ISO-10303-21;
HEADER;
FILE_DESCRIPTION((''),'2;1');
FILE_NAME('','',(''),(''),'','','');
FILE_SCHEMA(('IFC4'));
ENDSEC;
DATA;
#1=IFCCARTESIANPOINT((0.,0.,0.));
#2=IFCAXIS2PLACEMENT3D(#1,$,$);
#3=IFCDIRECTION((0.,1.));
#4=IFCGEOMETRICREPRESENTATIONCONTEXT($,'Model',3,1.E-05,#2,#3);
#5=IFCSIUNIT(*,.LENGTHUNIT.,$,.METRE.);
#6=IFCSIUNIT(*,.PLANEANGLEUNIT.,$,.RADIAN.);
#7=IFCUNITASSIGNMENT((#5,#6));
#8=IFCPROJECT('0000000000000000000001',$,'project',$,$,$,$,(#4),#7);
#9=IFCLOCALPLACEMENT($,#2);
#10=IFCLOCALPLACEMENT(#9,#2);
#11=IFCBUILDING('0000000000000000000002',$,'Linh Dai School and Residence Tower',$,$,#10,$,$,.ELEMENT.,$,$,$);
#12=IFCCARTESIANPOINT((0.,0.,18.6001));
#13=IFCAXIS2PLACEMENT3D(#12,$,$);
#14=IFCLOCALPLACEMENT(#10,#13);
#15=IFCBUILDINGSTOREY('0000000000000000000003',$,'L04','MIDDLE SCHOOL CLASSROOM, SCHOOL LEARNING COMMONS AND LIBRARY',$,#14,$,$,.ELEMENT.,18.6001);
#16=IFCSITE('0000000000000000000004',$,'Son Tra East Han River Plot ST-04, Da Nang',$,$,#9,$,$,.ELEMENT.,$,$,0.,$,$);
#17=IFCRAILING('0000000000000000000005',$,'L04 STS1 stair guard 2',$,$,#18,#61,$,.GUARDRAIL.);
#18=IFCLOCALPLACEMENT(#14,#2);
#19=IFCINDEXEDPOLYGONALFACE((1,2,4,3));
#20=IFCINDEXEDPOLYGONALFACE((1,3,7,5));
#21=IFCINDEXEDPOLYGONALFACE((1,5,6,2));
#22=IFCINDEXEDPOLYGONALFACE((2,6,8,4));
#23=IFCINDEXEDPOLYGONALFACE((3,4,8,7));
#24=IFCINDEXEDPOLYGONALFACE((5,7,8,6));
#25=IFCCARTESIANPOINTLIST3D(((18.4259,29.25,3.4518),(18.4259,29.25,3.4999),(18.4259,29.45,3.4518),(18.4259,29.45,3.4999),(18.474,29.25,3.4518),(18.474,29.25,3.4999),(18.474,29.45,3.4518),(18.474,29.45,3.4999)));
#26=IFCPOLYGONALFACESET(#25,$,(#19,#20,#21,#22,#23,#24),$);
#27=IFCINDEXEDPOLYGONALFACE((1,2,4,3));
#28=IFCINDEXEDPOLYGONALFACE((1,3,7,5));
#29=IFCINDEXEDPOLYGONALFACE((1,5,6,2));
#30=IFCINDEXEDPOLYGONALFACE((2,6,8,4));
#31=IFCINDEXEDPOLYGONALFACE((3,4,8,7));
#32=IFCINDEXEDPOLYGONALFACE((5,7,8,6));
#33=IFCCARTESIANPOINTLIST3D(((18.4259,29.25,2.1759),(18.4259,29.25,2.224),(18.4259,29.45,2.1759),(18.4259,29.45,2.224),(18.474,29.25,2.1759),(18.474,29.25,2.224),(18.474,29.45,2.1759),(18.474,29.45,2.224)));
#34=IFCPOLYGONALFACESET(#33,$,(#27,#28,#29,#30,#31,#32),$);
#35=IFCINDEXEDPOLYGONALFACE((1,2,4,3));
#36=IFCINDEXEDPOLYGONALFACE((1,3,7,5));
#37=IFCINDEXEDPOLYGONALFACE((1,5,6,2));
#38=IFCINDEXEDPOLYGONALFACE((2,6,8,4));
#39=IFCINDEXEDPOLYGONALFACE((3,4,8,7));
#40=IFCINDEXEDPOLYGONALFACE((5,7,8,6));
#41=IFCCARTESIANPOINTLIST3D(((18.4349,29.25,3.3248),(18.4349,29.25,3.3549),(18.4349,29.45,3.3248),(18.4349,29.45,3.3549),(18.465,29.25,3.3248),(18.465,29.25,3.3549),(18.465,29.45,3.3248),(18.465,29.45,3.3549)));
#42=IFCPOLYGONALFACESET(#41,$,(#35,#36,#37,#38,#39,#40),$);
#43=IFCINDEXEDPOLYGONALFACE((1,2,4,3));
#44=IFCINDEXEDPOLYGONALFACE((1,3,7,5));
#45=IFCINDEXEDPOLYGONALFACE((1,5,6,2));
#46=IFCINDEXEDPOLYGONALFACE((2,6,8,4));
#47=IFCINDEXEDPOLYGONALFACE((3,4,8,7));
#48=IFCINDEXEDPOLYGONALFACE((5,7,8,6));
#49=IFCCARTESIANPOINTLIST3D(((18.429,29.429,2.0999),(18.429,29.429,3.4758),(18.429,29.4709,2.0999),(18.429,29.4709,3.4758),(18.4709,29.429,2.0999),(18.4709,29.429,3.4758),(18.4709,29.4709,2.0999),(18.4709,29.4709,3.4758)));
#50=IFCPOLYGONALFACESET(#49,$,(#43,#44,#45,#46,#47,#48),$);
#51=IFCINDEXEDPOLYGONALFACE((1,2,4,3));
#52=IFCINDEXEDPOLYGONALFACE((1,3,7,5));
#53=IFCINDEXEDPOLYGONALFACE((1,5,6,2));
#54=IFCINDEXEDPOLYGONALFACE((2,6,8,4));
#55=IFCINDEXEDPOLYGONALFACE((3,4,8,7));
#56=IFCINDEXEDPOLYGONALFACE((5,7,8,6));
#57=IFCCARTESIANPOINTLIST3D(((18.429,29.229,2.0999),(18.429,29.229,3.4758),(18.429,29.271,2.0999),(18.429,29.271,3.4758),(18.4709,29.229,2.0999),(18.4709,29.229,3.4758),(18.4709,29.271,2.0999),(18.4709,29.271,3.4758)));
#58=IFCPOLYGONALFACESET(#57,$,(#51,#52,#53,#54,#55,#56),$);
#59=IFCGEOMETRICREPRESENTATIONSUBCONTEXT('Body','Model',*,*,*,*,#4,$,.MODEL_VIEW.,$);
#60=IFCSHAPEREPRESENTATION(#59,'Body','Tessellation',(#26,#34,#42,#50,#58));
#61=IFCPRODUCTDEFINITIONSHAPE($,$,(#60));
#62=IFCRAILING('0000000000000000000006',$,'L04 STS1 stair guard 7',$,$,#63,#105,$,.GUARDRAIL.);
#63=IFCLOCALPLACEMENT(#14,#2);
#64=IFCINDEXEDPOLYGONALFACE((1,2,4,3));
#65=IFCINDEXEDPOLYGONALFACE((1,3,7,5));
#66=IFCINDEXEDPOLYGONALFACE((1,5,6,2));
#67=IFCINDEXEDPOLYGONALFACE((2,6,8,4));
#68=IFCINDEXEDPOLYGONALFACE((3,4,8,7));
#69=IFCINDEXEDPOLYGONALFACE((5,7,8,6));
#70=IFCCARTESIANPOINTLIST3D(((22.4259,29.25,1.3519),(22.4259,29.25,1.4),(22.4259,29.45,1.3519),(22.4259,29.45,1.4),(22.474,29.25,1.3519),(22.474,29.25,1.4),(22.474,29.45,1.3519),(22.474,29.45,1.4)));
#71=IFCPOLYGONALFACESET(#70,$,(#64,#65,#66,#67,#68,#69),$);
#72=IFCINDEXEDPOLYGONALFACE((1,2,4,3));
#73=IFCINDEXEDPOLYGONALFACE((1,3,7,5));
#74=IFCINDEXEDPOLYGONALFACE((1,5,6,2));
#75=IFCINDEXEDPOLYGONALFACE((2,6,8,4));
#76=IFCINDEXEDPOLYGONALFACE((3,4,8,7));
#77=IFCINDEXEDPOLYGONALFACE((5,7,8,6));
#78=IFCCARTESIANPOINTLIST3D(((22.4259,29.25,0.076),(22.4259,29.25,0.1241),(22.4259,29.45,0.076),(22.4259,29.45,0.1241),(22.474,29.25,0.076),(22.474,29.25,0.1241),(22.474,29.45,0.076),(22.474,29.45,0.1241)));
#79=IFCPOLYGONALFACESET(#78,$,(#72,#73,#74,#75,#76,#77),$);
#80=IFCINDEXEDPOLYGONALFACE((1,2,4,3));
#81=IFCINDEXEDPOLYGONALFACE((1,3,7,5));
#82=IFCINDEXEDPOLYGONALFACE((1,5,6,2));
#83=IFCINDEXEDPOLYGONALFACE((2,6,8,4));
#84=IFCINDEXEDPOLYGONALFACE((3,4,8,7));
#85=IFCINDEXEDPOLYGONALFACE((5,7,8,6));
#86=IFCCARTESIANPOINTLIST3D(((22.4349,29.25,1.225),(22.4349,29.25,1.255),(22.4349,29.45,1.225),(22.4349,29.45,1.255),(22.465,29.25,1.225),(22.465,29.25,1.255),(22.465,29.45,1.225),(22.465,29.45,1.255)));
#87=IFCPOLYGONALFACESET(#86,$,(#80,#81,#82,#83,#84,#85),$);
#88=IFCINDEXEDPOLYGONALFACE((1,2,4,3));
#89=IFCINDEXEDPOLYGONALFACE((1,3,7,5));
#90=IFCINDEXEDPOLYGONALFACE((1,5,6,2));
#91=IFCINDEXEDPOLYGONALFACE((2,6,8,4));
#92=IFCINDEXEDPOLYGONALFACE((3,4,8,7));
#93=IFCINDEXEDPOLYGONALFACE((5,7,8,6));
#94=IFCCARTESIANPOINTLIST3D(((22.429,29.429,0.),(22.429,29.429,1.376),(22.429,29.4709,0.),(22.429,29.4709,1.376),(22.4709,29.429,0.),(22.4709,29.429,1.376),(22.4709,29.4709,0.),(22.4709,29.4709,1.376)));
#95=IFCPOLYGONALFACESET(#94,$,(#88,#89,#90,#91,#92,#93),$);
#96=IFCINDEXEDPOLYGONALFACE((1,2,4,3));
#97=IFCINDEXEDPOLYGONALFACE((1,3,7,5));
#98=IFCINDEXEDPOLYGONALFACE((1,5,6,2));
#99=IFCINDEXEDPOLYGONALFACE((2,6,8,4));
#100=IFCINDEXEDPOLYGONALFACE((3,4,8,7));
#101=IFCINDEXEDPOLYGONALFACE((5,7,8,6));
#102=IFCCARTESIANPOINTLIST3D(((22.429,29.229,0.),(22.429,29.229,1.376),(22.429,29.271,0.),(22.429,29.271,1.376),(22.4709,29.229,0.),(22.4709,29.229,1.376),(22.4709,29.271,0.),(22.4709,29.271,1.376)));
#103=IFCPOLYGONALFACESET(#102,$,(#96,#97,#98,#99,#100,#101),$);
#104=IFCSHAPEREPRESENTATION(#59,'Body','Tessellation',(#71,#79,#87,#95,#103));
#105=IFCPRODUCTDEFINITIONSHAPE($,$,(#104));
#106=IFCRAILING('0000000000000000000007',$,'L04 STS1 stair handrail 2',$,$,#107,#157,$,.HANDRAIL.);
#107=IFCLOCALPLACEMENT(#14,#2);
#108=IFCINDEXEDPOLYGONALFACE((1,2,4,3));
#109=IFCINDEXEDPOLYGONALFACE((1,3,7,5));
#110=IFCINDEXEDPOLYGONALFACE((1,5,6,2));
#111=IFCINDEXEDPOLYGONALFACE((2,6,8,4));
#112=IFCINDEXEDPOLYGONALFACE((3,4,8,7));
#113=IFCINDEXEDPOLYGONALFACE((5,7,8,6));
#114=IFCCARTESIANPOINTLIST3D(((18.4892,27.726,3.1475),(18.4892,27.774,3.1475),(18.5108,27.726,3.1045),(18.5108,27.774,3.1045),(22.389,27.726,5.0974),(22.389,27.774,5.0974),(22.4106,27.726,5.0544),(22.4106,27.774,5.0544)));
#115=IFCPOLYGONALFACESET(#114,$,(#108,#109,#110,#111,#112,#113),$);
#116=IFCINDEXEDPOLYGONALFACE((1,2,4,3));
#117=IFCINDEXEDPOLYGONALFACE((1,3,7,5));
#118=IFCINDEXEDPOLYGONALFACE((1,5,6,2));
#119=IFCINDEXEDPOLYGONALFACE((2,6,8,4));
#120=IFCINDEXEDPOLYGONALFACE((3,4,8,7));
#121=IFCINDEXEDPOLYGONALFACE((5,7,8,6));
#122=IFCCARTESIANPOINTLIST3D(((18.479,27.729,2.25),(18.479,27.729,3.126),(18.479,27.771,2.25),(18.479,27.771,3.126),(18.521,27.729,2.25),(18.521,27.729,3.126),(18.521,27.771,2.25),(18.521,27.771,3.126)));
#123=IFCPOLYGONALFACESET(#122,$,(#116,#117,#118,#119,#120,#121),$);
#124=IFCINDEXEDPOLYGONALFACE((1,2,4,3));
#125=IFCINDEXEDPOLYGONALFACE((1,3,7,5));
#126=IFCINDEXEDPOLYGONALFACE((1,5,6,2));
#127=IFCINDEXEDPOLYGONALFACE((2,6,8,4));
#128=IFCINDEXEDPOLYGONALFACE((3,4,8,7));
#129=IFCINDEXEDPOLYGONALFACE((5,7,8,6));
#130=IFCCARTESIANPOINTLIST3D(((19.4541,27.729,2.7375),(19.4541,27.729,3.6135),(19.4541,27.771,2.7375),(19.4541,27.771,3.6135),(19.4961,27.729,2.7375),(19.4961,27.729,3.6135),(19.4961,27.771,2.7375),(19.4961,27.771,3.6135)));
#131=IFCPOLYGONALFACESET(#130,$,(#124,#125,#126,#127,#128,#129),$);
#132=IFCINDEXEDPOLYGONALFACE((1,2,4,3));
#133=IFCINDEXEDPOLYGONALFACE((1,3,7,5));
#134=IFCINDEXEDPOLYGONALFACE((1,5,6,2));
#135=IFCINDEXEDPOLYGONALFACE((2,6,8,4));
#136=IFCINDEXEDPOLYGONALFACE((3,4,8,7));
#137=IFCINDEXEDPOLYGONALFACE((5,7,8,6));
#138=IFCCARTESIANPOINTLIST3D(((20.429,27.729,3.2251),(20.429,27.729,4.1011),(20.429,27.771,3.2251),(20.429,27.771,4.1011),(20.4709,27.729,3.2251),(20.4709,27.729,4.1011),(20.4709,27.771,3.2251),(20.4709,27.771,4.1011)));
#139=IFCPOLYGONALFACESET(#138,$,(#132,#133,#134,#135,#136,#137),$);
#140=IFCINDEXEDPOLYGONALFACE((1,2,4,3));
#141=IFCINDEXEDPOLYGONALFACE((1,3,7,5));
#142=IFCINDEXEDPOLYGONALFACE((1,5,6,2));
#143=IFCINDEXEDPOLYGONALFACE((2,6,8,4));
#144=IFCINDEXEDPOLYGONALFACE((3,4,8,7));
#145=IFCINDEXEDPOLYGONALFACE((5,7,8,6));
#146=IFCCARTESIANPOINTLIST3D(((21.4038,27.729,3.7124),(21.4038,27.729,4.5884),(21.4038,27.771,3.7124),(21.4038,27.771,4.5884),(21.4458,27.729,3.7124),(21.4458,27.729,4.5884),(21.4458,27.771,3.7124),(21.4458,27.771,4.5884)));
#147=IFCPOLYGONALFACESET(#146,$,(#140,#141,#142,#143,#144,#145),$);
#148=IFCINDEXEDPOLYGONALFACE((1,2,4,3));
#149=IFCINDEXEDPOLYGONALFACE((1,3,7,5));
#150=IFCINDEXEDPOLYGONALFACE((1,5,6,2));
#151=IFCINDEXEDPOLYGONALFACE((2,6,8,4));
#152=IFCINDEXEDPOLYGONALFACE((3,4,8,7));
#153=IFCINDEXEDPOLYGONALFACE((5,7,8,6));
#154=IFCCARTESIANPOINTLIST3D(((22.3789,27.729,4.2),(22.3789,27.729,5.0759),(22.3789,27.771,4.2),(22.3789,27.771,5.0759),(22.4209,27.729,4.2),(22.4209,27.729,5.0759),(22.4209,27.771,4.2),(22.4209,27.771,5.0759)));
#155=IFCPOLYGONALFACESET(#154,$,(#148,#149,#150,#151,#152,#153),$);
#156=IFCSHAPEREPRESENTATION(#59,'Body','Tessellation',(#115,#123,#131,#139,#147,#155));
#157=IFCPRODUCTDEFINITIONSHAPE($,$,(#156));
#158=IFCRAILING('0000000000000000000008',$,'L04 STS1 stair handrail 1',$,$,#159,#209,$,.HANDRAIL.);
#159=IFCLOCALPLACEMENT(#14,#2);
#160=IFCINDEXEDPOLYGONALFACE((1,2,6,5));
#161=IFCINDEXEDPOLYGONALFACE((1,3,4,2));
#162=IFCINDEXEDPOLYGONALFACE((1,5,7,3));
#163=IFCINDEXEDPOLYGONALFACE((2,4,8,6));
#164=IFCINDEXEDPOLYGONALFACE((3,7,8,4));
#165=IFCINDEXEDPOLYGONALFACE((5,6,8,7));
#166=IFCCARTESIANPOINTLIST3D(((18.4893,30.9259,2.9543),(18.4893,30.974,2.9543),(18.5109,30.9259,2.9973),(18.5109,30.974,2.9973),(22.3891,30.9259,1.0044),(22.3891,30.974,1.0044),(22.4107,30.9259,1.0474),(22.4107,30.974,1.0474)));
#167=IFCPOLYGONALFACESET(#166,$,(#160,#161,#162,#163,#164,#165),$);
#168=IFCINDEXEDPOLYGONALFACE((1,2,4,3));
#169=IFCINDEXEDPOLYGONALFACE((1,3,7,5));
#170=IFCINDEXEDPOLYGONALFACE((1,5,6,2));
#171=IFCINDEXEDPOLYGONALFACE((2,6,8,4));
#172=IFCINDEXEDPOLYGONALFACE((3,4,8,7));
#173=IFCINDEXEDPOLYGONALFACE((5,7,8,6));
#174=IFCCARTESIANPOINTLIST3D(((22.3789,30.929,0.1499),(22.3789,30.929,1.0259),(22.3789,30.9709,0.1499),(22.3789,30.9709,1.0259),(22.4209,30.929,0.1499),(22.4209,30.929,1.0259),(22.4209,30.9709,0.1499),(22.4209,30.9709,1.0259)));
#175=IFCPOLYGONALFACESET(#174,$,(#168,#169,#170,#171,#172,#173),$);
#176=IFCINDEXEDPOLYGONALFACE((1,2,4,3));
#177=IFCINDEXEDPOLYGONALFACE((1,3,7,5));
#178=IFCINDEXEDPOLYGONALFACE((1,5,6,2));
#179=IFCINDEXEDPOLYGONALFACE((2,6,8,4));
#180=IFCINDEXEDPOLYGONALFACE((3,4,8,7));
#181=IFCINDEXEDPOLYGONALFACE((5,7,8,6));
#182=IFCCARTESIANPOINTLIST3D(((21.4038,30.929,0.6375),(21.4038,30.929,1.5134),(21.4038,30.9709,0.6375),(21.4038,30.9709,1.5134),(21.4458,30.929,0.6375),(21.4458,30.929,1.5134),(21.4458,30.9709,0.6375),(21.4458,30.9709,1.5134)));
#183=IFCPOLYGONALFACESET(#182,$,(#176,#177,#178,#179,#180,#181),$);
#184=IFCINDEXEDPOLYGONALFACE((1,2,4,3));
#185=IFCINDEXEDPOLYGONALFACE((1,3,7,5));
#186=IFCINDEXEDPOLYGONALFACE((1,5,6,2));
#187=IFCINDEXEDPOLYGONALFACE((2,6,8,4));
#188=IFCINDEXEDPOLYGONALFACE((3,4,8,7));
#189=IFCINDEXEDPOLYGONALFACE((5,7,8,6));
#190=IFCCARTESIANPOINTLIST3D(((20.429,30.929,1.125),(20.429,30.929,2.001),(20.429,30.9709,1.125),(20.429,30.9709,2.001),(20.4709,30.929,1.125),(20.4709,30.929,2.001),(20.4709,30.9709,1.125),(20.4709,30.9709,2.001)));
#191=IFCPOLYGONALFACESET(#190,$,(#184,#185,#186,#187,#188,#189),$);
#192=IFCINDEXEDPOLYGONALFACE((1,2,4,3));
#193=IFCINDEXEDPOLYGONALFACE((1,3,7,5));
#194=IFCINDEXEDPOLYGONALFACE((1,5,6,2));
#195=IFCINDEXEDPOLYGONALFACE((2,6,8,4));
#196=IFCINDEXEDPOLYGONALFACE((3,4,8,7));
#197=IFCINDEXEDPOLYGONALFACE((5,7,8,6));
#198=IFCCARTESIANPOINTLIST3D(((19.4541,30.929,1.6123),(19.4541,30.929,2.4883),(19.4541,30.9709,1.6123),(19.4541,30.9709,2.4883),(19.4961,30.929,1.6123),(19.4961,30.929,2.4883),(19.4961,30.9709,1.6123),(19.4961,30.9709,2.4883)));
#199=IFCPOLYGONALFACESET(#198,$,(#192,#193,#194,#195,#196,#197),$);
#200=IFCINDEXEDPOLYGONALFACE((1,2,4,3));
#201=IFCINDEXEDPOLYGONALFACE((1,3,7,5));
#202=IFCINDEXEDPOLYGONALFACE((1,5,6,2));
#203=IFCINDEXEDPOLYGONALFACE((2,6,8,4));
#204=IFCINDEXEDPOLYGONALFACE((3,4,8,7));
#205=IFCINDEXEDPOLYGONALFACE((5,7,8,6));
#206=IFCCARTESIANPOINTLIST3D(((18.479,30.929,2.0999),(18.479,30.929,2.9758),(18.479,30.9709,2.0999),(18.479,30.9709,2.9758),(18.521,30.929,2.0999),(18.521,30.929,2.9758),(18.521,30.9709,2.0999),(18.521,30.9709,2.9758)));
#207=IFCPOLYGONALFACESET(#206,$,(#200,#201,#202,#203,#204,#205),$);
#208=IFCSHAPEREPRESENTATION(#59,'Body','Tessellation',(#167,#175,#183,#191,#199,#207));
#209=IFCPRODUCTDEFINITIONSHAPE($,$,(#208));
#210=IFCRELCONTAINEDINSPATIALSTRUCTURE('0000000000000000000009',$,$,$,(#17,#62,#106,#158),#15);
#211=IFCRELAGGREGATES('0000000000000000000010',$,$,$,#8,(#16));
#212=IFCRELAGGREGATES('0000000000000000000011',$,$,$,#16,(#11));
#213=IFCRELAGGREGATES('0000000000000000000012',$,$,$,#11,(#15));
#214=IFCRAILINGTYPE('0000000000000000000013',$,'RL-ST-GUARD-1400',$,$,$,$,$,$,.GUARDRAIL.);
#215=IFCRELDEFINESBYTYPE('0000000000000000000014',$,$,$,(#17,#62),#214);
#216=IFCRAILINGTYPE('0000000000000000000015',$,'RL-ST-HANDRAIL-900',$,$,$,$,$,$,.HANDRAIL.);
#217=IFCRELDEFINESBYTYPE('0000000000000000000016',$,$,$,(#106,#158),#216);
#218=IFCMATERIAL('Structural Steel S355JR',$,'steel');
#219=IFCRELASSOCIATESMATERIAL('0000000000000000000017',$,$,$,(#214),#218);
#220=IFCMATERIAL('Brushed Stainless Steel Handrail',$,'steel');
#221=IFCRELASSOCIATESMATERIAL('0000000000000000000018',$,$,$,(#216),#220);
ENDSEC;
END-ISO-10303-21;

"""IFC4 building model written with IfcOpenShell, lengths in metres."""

from ifc_helpers import new_model, si_unit, direction, frame, origin, origin_2d, place, context, subcontext, project, spatial, rectangle, extrude, source, transform, mapped, material, type_object, element, save


model = new_model("IFC4")

# Units and contexts
model_context = context("Model", 3, precision=1e-05, world=origin(), true_north=direction((0.0, 1.0)))
body_context = subcontext(model_context, "Body", "Model", "MODEL_VIEW")
ifc_project = project(units=[si_unit("LENGTHUNIT", "METRE"), si_unit("PLANEANGLEUNIT", "RADIAN")], contexts=[model_context])

# Site, building, storey
site_placement = place(None, origin())
site = spatial("IfcSite", under=ifc_project, at=site_placement, Name="Son Tra East Han River Plot ST-04, Da Nang", CompositionType="ELEMENT", RefElevation=0.0)
building_placement = place(site_placement, origin())
building = spatial("IfcBuilding", under=site, at=building_placement, Name="Linh Dai School and Residence Tower", CompositionType="ELEMENT")
storey_placement = place(building_placement, frame((0.0, 0.0, 18.6001)))
storey = spatial("IfcBuildingStorey", under=building, at=storey_placement, Name="L04", Description="MIDDLE SCHOOL CLASSROOM, SCHOOL LEARNING COMMONS AND LIBRARY", CompositionType="ELEMENT", Elevation=18.6001)

# Shared definitions
ifc_material_1 = material(Name="Structural Steel S355JR", Category="steel")

# Railings
railing_type_1 = type_object("IfcRailingType", Name="RL-ST-GUARD-1400", PredefinedType="GUARDRAIL", material=ifc_material_1)
shared_shape_1 = source(origin(), body_context, "Body", "SweptSolid", [
    extrude(rectangle(XDim=0.0481, YDim=0.0481, at=origin_2d()), frame((0.0, 0.0, 1.376), z_axis=(0.0, -1.0, 0.0), x_axis=(1.0, 0.0, 0.0)), (0.0, 0.0, 1.0), 0.2),
    extrude(rectangle(XDim=0.0481, YDim=0.0481, at=origin_2d()), frame((0.0, 0.0, 0.1001), z_axis=(0.0, -1.0, 0.0), x_axis=(1.0, 0.0, 0.0)), (0.0, 0.0, 1.0), 0.2),
    extrude(rectangle(XDim=0.03, YDim=0.03, at=origin_2d()), frame((0.0, 0.0, 1.24), z_axis=(0.0, -1.0, 0.0), x_axis=(1.0, 0.0, 0.0)), (0.0, 0.0, 1.0), 0.2),
    extrude(rectangle(XDim=0.042, YDim=0.042, at=origin_2d()), origin(), (0.0, 0.0, 1.0), 1.376),
    extrude(rectangle(XDim=0.042, YDim=0.042, at=origin_2d()), frame((0.0, -0.2, 0.0)), (0.0, 0.0, 1.0), 1.376),
])
for number, where, name in (
    (1, (18.45, 29.45, 2.0999), "L04 STS1 stair guard 2"),
    (2, (22.45, 29.45, 0.0), "L04 STS1 stair guard 7"),
):
    element("IfcRailing", number, at=place(storey_placement, frame(where)), inside=storey, type_object=railing_type_1, Name=name, PredefinedType="GUARDRAIL", context=body_context, shape_type="MappedRepresentation", body=[
        mapped(shared_shape_1, transform((0.0, 0.0, 0.0), x_axis=(1.0, 0.0, 0.0), y_axis=(0.0, 1.0, 0.0), z_axis=(0.0, 0.0, 1.0), scale=1.0)),
    ])
ifc_material_2 = material(Name="Brushed Stainless Steel Handrail", Category="steel")
railing_type_2 = type_object("IfcRailingType", Name="RL-ST-HANDRAIL-900", PredefinedType="HANDRAIL", material=ifc_material_2)
shared_shape_2 = source(origin(), body_context, "Body", "SweptSolid", [
    extrude(rectangle(XDim=0.0481, YDim=0.0481, at=origin_2d()), frame((0.0, 0.0, 0.876), z_axis=(0.894427, 0.0, 0.447214), x_axis=(0.0, 1.0, 0.0)), (0.0, 0.0, 1.0), 4.3601),
    extrude(rectangle(XDim=0.042, YDim=0.042, at=origin_2d()), origin(), (0.0, 0.0, 1.0), 0.876),
    extrude(rectangle(XDim=0.042, YDim=0.042, at=origin_2d()), frame((0.9751, 0.0, 0.4875)), (0.0, 0.0, 1.0), 0.876),
    extrude(rectangle(XDim=0.042, YDim=0.042, at=origin_2d()), frame((1.95, 0.0, 0.9751)), (0.0, 0.0, 1.0), 0.876),
    extrude(rectangle(XDim=0.042, YDim=0.042, at=origin_2d()), frame((2.9248, 0.0, 1.4624)), (0.0, 0.0, 1.0), 0.876),
    extrude(rectangle(XDim=0.042, YDim=0.042, at=origin_2d()), frame((3.8999, 0.0, 1.95)), (0.0, 0.0, 1.0), 0.876),
])
railing_1_placement = place(storey_placement, frame((18.5, 27.75, 2.25)))
element("IfcRailing", 3, at=railing_1_placement, inside=storey, type_object=railing_type_2, Name="L04 STS1 stair handrail 2", PredefinedType="HANDRAIL", context=body_context, shape_type="MappedRepresentation", body=[
    mapped(shared_shape_2, transform((0.0, 0.0, 0.0), x_axis=(1.0, 0.0, 0.0), y_axis=(0.0, 1.0, 0.0), z_axis=(0.0, 0.0, 1.0), scale=1.0)),
])
shared_shape_3 = source(origin(), body_context, "Body", "SweptSolid", [
    extrude(rectangle(XDim=0.0481, YDim=0.0481, at=origin_2d()), frame((0.0, 0.0, 0.876), z_axis=(-0.894427, 0.0, 0.447214), x_axis=(0.0, -1.0, 0.0)), (0.0, 0.0, 1.0), 4.3601),
    extrude(rectangle(XDim=0.042, YDim=0.042, at=origin_2d()), origin(), (0.0, 0.0, 1.0), 0.876),
    extrude(rectangle(XDim=0.042, YDim=0.042, at=origin_2d()), frame((-0.9751, 0.0, 0.4875)), (0.0, 0.0, 1.0), 0.876),
    extrude(rectangle(XDim=0.042, YDim=0.042, at=origin_2d()), frame((-1.95, 0.0, 0.9751)), (0.0, 0.0, 1.0), 0.876),
    extrude(rectangle(XDim=0.042, YDim=0.042, at=origin_2d()), frame((-2.9248, 0.0, 1.4624)), (0.0, 0.0, 1.0), 0.876),
    extrude(rectangle(XDim=0.042, YDim=0.042, at=origin_2d()), frame((-3.8999, 0.0, 1.95)), (0.0, 0.0, 1.0), 0.876),
])
railing_2_placement = place(storey_placement, frame((22.3999, 30.95, 0.1499)))
element("IfcRailing", 4, at=railing_2_placement, inside=storey, type_object=railing_type_2, Name="L04 STS1 stair handrail 1", PredefinedType="HANDRAIL", context=body_context, shape_type="MappedRepresentation", body=[
    mapped(shared_shape_3, transform((0.0, 0.0, 0.0), x_axis=(1.0, 0.0, 0.0), y_axis=(0.0, 1.0, 0.0), z_axis=(0.0, 0.0, 1.0), scale=1.0)),
])

save(model, "model.ifc")
